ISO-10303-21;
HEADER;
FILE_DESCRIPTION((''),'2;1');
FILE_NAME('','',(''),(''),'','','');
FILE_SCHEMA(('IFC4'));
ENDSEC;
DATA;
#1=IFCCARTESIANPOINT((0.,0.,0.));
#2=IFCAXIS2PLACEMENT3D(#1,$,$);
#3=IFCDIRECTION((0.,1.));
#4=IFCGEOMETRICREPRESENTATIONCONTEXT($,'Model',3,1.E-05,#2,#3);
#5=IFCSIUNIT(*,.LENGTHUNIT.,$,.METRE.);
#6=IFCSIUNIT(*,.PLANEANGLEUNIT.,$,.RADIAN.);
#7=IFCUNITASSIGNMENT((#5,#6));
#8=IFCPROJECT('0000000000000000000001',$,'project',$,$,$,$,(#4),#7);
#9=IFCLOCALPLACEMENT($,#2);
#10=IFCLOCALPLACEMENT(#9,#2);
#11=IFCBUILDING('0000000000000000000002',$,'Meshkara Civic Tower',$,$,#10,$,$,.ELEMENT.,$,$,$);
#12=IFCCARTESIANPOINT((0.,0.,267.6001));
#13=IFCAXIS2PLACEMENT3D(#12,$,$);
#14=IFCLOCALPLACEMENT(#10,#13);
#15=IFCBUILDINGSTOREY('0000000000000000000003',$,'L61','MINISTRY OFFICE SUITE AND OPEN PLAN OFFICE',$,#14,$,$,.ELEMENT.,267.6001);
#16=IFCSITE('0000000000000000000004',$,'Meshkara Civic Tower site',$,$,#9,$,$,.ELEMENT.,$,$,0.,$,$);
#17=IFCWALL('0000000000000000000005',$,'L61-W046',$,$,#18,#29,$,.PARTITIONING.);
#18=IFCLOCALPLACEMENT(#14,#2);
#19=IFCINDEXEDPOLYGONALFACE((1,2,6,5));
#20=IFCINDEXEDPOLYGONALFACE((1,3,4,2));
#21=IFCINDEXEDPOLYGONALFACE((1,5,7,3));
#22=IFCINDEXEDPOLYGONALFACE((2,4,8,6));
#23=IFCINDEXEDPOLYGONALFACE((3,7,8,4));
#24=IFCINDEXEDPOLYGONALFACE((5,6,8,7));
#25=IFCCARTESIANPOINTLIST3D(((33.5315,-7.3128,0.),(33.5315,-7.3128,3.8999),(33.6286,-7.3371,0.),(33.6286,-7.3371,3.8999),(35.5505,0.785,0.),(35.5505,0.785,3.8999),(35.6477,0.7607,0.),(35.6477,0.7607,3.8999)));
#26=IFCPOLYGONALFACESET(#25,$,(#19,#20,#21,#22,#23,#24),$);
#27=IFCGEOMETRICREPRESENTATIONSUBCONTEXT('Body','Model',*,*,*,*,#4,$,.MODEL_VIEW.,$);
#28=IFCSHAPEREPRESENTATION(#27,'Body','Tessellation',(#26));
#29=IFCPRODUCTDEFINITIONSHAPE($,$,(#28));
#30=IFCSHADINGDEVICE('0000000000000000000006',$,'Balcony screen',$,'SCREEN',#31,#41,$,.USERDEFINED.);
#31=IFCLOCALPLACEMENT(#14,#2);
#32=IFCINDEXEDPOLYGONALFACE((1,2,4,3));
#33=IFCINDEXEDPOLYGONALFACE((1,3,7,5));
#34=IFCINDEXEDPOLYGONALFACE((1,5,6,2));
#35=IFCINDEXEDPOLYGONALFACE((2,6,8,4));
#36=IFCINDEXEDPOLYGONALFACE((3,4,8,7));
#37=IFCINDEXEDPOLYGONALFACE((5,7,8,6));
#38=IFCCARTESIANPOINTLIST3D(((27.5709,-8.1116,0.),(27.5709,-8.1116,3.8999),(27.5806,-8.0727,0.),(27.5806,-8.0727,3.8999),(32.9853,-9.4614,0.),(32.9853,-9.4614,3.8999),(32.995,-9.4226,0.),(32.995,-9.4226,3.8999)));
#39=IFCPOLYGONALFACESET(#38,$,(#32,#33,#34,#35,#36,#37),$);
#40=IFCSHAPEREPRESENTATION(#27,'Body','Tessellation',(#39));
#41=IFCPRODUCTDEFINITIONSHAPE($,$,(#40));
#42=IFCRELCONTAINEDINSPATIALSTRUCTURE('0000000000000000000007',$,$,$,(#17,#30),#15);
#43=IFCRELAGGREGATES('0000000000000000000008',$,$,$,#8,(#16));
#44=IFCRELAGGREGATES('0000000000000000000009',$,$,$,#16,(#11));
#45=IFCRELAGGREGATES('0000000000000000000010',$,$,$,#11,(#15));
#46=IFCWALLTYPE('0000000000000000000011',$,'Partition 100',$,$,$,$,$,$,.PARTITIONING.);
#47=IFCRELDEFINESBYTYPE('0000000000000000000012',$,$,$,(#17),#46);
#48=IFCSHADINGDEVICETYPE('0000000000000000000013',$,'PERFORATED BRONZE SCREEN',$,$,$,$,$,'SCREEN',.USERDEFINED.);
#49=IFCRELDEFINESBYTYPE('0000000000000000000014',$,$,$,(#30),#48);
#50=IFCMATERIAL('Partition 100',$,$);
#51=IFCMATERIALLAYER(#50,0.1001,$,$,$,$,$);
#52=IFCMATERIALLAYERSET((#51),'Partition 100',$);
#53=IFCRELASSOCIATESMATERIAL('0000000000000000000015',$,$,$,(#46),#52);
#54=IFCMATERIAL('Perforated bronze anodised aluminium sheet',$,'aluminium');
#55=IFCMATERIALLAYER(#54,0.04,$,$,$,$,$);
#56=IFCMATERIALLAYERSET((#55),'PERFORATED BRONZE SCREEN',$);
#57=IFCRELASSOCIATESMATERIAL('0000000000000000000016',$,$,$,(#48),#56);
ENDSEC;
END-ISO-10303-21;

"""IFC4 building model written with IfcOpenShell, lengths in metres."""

from ifc_helpers import new_model, si_unit, direction, frame, frame_2d, origin, origin_2d, place, context, subcontext, project, spatial, rectangle, extrude, material, layer, layer_set, type_object, element, save


model = new_model("IFC4")

# Units and contexts
model_context = context("Model", 3, precision=1e-05, world=origin(), true_north=direction((0.0, 1.0)))
body_context = subcontext(model_context, "Body", "Model", "MODEL_VIEW")
ifc_project = project(units=[si_unit("LENGTHUNIT", "METRE"), si_unit("PLANEANGLEUNIT", "RADIAN")], contexts=[model_context])

# Site, building, storey
site_placement = place(None, origin())
site = spatial("IfcSite", under=ifc_project, at=site_placement, Name="Meshkara Civic Tower site", CompositionType="ELEMENT", RefElevation=0.0)
building_placement = place(site_placement, origin())
building = spatial("IfcBuilding", under=site, at=building_placement, Name="Meshkara Civic Tower", CompositionType="ELEMENT")
storey_placement = place(building_placement, frame((0.0, 0.0, 267.6001)))
storey = spatial("IfcBuildingStorey", under=building, at=storey_placement, Name="L61", Description="MINISTRY OFFICE SUITE AND OPEN PLAN OFFICE", CompositionType="ELEMENT", Elevation=267.6001)

# Wall
ifc_material_1 = material(Name="Partition 100")
ifc_layer_1 = layer(ifc_material_1, 0.1001)
ifc_layer_set_1 = layer_set([ifc_layer_1], Name="Partition 100")
wall_type_1 = type_object("IfcWallType", Name="Partition 100", PredefinedType="PARTITIONING", material=ifc_layer_set_1)
wall_1_placement = place(storey_placement, frame((33.5801, -7.325, 0.0), z_axis=(0.0, 0.0, 1.0), x_axis=(0.241923, 0.970295, 0.0)))
element("IfcWall", 1, at=wall_1_placement, inside=storey, type_object=wall_type_1, Name="L61-W046", PredefinedType="PARTITIONING", context=body_context, shape_type="SweptSolid", body=[
    extrude(rectangle(XDim=8.3457, YDim=0.1001, at=frame_2d((4.1729, 0.0))), origin(), (0.0, 0.0, 1.0), 3.8999),
])

# Shading device
ifc_material_2 = material(Name="Perforated bronze anodised aluminium sheet", Category="aluminium")
ifc_layer_2 = layer(ifc_material_2, 0.04)
ifc_layer_set_2 = layer_set([ifc_layer_2], Name="PERFORATED BRONZE SCREEN")
shading_device_type = type_object("IfcShadingDeviceType", Name="PERFORATED BRONZE SCREEN", ElementType="SCREEN", PredefinedType="USERDEFINED", material=ifc_layer_set_2)
shading_device_placement = place(storey_placement, frame((30.283, -8.7671, 0.0), z_axis=(0.0, 0.0, 1.0), x_axis=(0.9703, -0.241905, 0.0)))
element("IfcShadingDevice", 2, at=shading_device_placement, inside=storey, type_object=shading_device_type, Name="Balcony screen", ObjectType="SCREEN", PredefinedType="USERDEFINED", context=body_context, shape_type="SweptSolid", body=[
    extrude(rectangle(XDim=5.5801, YDim=0.04, at=origin_2d()), origin(), (0.0, 0.0, 1.0), 3.8999),
])

save(model, "model.ifc")
